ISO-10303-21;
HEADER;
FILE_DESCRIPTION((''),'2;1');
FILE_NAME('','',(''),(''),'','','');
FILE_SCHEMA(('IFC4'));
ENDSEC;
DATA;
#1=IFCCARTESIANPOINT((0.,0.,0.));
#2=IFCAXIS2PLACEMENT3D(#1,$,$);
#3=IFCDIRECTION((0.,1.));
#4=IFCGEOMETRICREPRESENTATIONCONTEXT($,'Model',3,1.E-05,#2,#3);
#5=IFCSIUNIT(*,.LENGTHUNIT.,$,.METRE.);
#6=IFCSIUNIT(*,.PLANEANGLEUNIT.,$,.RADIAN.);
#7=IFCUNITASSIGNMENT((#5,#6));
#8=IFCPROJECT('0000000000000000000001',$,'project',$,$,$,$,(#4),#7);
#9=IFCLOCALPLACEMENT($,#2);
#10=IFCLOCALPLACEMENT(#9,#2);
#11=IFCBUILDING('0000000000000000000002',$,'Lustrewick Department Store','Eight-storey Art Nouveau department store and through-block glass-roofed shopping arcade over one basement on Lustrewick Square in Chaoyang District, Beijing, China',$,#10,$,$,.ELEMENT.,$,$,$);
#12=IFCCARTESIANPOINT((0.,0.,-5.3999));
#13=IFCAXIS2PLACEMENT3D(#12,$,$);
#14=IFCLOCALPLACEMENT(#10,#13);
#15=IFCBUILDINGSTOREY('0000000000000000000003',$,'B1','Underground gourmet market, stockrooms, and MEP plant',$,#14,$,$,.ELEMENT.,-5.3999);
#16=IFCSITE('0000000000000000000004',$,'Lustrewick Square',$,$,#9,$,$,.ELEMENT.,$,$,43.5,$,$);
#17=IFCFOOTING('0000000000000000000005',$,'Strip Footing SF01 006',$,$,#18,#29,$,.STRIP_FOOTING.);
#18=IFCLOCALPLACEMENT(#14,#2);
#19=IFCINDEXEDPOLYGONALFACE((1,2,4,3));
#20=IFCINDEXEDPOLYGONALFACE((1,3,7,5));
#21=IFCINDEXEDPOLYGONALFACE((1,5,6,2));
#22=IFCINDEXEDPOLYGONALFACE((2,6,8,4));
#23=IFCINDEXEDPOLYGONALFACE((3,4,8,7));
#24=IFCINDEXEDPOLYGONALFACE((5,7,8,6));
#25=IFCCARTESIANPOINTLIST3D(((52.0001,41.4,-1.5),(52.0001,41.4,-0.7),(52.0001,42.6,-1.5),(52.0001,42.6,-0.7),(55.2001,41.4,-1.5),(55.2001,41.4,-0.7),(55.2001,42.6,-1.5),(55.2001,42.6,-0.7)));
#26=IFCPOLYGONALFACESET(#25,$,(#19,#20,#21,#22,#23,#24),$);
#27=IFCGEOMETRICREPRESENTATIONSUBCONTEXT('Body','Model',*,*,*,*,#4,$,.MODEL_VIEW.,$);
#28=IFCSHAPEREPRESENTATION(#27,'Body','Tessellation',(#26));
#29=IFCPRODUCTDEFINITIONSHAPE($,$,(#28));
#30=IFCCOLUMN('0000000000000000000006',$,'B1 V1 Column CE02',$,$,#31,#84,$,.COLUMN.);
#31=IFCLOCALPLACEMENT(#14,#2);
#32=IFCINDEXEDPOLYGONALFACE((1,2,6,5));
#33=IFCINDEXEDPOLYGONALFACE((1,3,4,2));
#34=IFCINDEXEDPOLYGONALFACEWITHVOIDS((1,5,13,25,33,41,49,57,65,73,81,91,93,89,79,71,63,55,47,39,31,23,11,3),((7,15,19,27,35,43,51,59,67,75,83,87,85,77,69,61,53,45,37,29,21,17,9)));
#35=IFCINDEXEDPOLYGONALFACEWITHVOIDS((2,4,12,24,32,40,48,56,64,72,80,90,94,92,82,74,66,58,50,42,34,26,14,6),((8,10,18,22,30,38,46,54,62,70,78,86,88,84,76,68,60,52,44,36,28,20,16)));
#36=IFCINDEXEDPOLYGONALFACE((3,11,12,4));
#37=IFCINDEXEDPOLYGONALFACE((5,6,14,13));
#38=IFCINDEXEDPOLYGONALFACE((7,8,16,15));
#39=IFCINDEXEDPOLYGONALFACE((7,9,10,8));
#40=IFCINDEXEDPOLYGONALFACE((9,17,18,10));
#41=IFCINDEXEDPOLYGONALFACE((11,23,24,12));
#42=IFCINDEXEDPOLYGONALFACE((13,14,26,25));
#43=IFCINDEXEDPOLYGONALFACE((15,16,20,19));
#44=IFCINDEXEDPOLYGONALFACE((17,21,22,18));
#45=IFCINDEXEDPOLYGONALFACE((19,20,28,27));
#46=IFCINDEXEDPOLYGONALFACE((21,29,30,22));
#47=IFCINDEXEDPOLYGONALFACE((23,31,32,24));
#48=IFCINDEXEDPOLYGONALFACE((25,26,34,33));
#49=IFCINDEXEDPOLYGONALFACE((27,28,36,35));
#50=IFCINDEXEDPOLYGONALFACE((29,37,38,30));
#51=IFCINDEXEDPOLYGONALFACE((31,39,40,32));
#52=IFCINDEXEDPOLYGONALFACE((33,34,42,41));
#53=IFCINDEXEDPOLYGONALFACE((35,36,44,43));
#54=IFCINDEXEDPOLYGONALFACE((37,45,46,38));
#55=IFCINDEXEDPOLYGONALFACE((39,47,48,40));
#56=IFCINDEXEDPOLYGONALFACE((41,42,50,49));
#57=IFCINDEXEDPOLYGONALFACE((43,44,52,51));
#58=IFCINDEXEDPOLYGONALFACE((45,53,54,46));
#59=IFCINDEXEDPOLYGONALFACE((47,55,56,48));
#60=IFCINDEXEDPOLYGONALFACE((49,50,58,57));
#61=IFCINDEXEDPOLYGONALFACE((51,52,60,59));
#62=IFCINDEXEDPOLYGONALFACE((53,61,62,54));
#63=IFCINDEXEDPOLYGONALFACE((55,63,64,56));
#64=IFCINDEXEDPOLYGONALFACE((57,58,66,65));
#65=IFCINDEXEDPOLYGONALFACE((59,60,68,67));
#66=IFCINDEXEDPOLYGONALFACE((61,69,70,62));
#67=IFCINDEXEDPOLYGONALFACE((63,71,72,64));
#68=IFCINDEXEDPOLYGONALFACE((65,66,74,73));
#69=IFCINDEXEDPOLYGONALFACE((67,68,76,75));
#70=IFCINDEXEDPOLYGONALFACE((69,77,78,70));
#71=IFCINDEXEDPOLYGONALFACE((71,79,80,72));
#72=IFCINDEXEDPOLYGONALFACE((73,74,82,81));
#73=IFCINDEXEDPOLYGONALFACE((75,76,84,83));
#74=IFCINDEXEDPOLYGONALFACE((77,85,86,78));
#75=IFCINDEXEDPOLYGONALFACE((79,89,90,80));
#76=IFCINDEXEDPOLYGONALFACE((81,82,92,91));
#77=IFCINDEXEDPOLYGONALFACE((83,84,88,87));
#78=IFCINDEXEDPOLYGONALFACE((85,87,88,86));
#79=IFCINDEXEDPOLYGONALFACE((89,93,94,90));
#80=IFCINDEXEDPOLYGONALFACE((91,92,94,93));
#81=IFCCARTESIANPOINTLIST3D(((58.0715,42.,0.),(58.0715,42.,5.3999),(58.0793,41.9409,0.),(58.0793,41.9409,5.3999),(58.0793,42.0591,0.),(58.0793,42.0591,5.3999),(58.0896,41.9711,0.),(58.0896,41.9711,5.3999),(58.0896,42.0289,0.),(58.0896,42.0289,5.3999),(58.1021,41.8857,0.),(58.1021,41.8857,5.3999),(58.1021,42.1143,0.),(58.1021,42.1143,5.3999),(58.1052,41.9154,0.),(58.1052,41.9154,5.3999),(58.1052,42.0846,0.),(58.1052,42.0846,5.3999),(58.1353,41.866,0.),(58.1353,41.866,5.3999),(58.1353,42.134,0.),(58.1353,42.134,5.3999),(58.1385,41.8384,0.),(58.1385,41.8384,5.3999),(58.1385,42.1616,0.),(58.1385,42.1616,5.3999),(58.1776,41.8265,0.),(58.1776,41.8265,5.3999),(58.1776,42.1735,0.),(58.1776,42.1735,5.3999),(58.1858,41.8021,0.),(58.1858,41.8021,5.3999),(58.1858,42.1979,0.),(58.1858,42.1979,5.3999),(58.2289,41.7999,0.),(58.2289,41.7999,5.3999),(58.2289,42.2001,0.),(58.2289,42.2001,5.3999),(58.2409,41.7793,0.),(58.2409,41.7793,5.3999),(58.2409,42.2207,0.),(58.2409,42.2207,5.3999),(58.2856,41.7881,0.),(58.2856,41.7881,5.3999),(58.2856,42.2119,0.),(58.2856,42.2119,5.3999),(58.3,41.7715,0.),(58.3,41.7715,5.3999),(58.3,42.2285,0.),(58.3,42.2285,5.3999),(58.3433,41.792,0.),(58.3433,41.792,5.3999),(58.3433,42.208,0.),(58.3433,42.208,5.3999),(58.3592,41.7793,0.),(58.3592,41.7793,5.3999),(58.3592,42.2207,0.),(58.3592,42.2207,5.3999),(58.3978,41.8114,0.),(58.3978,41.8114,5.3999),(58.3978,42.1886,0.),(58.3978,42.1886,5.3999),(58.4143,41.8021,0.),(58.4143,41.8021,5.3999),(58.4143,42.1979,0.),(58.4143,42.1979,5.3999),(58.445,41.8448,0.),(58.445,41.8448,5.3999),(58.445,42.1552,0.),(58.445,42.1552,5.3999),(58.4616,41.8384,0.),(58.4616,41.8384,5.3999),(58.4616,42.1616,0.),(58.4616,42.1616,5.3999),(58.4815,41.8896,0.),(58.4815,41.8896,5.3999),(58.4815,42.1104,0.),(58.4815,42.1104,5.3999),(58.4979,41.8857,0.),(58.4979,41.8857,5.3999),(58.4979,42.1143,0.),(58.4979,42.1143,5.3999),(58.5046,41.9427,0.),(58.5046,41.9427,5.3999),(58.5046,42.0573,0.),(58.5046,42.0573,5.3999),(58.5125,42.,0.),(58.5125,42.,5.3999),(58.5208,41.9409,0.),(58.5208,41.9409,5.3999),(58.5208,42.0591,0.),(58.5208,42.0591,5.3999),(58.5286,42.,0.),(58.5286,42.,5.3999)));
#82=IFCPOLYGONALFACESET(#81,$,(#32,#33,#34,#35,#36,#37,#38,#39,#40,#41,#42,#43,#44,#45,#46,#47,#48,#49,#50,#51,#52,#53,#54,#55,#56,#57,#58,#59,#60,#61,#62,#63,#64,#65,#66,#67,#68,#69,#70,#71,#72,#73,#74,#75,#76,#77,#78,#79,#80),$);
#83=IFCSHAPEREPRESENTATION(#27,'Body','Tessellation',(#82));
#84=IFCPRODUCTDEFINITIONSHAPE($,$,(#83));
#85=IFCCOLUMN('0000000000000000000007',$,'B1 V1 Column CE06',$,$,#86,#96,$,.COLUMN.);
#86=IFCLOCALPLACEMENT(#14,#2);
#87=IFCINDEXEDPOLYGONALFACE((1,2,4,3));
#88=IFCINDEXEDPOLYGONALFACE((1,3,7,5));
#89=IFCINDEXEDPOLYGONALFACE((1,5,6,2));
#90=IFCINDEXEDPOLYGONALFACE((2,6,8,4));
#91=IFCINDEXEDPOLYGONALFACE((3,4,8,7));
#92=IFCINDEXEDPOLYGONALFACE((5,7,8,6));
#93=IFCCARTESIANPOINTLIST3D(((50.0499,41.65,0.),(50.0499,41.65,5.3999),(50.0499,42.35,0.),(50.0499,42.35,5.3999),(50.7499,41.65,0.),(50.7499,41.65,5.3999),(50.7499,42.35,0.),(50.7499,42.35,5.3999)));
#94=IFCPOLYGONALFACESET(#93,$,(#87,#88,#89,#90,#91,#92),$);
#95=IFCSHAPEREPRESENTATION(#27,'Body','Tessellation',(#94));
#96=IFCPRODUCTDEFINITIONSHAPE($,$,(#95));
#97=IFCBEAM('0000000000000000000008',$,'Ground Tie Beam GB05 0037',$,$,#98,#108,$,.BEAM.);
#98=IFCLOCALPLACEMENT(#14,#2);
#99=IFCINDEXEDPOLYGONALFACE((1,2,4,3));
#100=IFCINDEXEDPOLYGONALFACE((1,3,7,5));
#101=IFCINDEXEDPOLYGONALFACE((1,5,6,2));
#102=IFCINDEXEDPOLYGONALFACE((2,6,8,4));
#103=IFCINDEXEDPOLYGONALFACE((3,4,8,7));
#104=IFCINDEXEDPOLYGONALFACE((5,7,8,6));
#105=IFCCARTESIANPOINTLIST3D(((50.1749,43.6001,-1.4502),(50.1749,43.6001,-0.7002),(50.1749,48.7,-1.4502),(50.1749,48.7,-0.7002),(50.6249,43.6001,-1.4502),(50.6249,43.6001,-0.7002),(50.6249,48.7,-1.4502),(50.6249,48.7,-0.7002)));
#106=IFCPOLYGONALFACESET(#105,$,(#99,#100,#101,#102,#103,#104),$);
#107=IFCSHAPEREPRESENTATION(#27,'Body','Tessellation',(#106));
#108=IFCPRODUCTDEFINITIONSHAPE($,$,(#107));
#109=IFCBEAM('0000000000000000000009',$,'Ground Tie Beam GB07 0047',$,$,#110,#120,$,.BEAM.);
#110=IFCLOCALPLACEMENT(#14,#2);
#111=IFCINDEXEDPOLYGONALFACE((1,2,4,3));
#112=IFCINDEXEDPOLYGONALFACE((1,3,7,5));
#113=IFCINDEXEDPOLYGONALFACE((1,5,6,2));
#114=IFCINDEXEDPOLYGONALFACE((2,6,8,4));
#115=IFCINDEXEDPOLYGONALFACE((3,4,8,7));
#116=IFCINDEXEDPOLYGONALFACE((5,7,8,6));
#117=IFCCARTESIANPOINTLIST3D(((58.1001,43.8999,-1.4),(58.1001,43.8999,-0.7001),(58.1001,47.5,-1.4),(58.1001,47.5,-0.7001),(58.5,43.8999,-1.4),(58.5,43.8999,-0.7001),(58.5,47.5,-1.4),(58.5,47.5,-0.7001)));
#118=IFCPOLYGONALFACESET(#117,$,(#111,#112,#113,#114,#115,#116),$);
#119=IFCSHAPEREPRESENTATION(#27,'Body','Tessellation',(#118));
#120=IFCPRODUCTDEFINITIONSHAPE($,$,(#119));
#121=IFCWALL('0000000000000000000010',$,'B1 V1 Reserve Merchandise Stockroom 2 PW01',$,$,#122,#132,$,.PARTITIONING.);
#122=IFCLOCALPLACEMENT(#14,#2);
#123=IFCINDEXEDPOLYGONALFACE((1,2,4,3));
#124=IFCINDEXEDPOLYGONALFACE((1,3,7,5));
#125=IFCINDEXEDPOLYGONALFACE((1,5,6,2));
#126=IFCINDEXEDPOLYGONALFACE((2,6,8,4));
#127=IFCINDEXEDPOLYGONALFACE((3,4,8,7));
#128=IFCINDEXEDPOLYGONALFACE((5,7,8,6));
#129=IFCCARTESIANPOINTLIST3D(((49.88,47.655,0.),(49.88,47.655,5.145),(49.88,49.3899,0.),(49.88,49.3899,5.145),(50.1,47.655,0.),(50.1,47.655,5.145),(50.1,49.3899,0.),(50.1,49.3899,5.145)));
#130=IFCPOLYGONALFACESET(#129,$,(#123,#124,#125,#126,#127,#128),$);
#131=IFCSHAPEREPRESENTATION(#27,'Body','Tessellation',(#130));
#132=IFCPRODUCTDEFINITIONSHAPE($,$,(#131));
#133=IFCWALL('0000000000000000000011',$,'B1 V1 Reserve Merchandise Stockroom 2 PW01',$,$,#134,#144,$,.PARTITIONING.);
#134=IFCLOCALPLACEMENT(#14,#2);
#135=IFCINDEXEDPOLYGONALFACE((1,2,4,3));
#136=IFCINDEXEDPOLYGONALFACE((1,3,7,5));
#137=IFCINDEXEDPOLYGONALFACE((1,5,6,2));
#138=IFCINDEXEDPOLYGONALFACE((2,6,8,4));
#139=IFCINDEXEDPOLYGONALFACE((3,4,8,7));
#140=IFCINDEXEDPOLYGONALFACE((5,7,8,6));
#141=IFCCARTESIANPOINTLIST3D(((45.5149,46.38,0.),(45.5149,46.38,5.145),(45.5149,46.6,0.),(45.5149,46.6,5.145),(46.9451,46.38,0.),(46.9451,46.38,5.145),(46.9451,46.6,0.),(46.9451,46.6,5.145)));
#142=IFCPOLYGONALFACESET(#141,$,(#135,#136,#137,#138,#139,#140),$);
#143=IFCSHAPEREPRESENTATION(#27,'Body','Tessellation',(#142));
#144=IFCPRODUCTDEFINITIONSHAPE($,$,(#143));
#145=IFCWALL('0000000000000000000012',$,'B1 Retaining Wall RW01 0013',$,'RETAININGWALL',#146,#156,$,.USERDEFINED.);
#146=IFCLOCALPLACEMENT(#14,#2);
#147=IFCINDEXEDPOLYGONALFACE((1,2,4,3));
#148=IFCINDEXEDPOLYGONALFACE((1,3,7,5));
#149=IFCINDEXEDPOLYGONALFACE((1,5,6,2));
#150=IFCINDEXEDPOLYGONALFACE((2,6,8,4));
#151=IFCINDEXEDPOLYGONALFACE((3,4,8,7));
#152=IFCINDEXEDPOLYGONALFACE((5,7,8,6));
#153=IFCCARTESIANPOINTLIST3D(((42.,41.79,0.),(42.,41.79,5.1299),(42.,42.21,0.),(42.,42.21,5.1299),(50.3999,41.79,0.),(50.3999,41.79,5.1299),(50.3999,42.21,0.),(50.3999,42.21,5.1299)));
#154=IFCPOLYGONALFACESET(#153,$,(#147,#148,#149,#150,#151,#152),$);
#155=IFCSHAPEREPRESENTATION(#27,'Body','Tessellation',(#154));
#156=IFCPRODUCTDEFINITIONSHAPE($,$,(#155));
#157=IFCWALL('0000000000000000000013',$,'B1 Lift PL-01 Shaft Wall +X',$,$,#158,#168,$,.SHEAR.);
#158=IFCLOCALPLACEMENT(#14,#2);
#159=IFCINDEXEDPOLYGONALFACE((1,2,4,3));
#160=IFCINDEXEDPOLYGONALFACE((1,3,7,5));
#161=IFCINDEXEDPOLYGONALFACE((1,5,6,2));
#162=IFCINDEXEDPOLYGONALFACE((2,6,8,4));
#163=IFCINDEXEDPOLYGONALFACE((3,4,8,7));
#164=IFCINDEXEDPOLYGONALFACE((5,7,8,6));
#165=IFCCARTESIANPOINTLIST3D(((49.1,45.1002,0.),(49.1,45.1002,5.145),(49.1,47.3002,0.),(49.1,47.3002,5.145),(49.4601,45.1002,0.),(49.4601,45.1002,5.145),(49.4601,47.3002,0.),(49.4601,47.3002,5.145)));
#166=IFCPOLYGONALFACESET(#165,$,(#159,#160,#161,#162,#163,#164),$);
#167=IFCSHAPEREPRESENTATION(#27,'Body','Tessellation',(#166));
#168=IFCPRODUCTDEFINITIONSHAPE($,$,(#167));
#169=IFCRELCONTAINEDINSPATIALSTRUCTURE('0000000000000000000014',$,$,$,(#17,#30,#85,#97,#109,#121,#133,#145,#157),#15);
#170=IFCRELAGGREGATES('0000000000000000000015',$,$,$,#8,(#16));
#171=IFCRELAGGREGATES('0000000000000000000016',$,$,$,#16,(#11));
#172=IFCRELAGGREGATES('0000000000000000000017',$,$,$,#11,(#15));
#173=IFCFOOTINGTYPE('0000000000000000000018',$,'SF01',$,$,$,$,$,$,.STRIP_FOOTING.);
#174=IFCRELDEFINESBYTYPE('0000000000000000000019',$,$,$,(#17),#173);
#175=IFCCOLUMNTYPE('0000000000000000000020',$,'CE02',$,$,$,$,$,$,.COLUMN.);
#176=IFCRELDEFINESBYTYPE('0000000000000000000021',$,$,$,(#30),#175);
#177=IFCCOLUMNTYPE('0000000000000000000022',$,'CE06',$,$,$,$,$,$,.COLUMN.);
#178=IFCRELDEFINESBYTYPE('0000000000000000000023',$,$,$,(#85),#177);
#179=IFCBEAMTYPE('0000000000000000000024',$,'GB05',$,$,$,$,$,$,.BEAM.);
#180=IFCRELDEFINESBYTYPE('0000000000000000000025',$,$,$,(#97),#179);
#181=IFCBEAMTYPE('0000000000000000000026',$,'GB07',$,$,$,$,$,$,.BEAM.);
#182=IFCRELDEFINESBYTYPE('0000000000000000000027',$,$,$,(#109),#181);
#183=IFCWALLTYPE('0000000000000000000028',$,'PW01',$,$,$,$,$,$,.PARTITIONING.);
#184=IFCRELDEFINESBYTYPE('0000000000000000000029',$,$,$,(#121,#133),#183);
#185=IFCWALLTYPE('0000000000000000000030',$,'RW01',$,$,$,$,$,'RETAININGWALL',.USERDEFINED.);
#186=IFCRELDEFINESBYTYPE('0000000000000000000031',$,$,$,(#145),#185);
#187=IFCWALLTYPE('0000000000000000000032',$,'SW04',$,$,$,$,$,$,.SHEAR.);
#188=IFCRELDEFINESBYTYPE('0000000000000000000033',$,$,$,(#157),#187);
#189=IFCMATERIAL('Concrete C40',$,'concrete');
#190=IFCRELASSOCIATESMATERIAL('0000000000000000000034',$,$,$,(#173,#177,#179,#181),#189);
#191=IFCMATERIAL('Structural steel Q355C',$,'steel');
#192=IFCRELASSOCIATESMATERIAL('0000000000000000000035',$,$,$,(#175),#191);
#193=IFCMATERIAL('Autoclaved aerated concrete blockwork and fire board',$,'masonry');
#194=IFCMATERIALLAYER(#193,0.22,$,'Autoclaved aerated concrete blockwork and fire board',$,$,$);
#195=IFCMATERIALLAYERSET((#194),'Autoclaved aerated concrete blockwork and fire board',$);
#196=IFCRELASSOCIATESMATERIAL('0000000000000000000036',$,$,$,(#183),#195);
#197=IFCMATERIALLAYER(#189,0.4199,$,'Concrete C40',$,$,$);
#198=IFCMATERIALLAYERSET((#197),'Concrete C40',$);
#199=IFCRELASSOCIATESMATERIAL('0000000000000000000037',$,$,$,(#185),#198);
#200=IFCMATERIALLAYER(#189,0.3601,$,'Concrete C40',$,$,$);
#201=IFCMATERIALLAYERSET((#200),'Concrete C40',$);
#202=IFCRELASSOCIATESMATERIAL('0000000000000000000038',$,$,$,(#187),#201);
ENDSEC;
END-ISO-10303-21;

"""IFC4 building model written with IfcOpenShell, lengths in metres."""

from ifc_helpers import new_model, si_unit, direction, frame, frame_2d, origin, origin_2d, place, context, subcontext, project, spatial, rectangle, hollow_circle, extrude, material, layer, layer_set, material_profile, profile_set, type_object, element, save


model = new_model("IFC4")

# Units and contexts
model_context = context("Model", 3, precision=1e-05, world=origin(), true_north=direction((0.0, 1.0)))
body_context = subcontext(model_context, "Body", "Model", "MODEL_VIEW")
ifc_project = project(units=[si_unit("LENGTHUNIT", "METRE"), si_unit("PLANEANGLEUNIT", "RADIAN")], contexts=[model_context])

# Site, building, storey
site_placement = place(None, origin())
site = spatial("IfcSite", under=ifc_project, at=site_placement, Name="Lustrewick Square", CompositionType="ELEMENT", RefElevation=43.5)
building_placement = place(site_placement, origin())
building = spatial("IfcBuilding", under=site, at=building_placement, Name="Lustrewick Department Store", Description="Eight-storey Art Nouveau department store and through-block glass-roofed shopping arcade over one basement on Lustrewick Square in Chaoyang District, Beijing, China", CompositionType="ELEMENT")
storey_placement = place(building_placement, frame((0.0, 0.0, -5.3999)))
storey = spatial("IfcBuildingStorey", under=building, at=storey_placement, Name="B1", Description="Underground gourmet market, stockrooms, and MEP plant", CompositionType="ELEMENT", Elevation=-5.3999)

# Shared definitions
ifc_material_1 = material(Name="Concrete C40", Category="concrete")

# Footing
footing_type_1 = type_object("IfcFootingType", Name="SF01", PredefinedType="STRIP_FOOTING", material=ifc_material_1)
footing_1_placement = place(storey_placement, frame((53.6001, 42.0, -1.5), z_axis=(0.0, 0.0, 1.0), x_axis=(1.0, 0.0, 0.0)))
element("IfcFooting", 1, at=footing_1_placement, inside=storey, type_object=footing_type_1, Name="Strip Footing SF01 006", PredefinedType="STRIP_FOOTING", context=body_context, shape_type="SweptSolid", body=[
    extrude(rectangle(XDim=3.2, YDim=1.2, at=origin_2d()), origin(), (0.0, 0.0, 1.0), 0.8),
])

# Columns
ifc_material_2 = material(Name="Structural steel Q355C", Category="steel")
ifc_material_profile_1 = material_profile(ifc_material_2, hollow_circle(Radius=0.2285, WallThickness=0.0161, at=origin_2d()), Name="CHS 457x16")
ifc_profile_set_1 = profile_set([ifc_material_profile_1], Name="Structural steel Q355C")
column_type_1 = type_object("IfcColumnType", Name="CE02", PredefinedType="COLUMN", material=ifc_profile_set_1)
column_1_placement = place(storey_placement, frame((58.3, 42.0, 0.0), z_axis=(0.0, 0.0, 1.0), x_axis=(1.0, 0.0, 0.0)))
element("IfcColumn", 2, at=column_1_placement, inside=storey, type_object=column_type_1, Name="B1 V1 Column CE02", PredefinedType="COLUMN", context=body_context, shape_type="SweptSolid", body=[
    extrude(hollow_circle(Radius=0.2285, WallThickness=0.0161, at=origin_2d()), origin(), (0.0, 0.0, 1.0), 5.3999),
])
ifc_material_profile_2 = material_profile(ifc_material_1, rectangle(XDim=0.7, YDim=0.7, at=origin_2d()), Name="RC 700x700")
ifc_profile_set_2 = profile_set([ifc_material_profile_2], Name="Concrete C40")
column_type_2 = type_object("IfcColumnType", Name="CE06", PredefinedType="COLUMN", material=ifc_profile_set_2)
column_2_placement = place(storey_placement, frame((50.3999, 42.0, 0.0), z_axis=(0.0, 0.0, 1.0), x_axis=(1.0, 0.0, 0.0)))
element("IfcColumn", 3, at=column_2_placement, inside=storey, type_object=column_type_2, Name="B1 V1 Column CE06", PredefinedType="COLUMN", context=body_context, shape_type="SweptSolid", body=[
    extrude(rectangle(XDim=0.7, YDim=0.7, at=origin_2d()), origin(), (0.0, 0.0, 1.0), 5.3999),
])

# Beams
ifc_material_profile_3 = material_profile(ifc_material_1, rectangle(XDim=0.45, YDim=0.75, at=origin_2d()), Name="RC 450x750")
ifc_profile_set_3 = profile_set([ifc_material_profile_3], Name="Concrete C40")
beam_type_1 = type_object("IfcBeamType", Name="GB05", PredefinedType="BEAM", material=ifc_profile_set_3)
beam_1_placement = place(storey_placement, frame((50.3999, 43.6001, -1.0752), z_axis=(0.0, 1.0, 0.0), x_axis=(-1.0, 0.0, 0.0)))
element("IfcBeam", 4, at=beam_1_placement, inside=storey, type_object=beam_type_1, Name="Ground Tie Beam GB05 0037", PredefinedType="BEAM", context=body_context, shape_type="SweptSolid", body=[
    extrude(rectangle(XDim=0.45, YDim=0.75, at=origin_2d()), origin(), (0.0, 0.0, 1.0), 5.0999),
])
ifc_material_profile_4 = material_profile(ifc_material_1, rectangle(XDim=0.3999, YDim=0.7, at=origin_2d()), Name="RC 400x700")
ifc_profile_set_4 = profile_set([ifc_material_profile_4], Name="Concrete C40")
beam_type_2 = type_object("IfcBeamType", Name="GB07", PredefinedType="BEAM", material=ifc_profile_set_4)
beam_2_placement = place(storey_placement, frame((58.3, 43.8999, -1.05), z_axis=(0.0, 1.0, 0.0), x_axis=(-1.0, 0.0, 0.0)))
element("IfcBeam", 5, at=beam_2_placement, inside=storey, type_object=beam_type_2, Name="Ground Tie Beam GB07 0047", PredefinedType="BEAM", context=body_context, shape_type="SweptSolid", body=[
    extrude(rectangle(XDim=0.3999, YDim=0.7, at=origin_2d()), origin(), (0.0, 0.0, 1.0), 3.6001),
])

# Walls
ifc_material_3 = material(Name="Autoclaved aerated concrete blockwork and fire board", Category="masonry")
ifc_layer_1 = layer(ifc_material_3, 0.22, Name="Autoclaved aerated concrete blockwork and fire board")
ifc_layer_set_1 = layer_set([ifc_layer_1], Name="Autoclaved aerated concrete blockwork and fire board")
wall_type_1 = type_object("IfcWallType", Name="PW01", PredefinedType="PARTITIONING", material=ifc_layer_set_1)
wall_1_placement = place(storey_placement, frame((49.99, 47.655, 0.0), z_axis=(0.0, 0.0, 1.0), x_axis=(0.0, 1.0, 0.0)))
element("IfcWall", 6, at=wall_1_placement, inside=storey, type_object=wall_type_1, Name="B1 V1 Reserve Merchandise Stockroom 2 PW01", PredefinedType="PARTITIONING", context=body_context, shape_type="SweptSolid", body=[
    extrude(rectangle(XDim=1.7349, YDim=0.22, at=frame_2d((0.8674, 0.0))), origin(), (0.0, 0.0, 1.0), 5.145),
])
wall_2_placement = place(storey_placement, frame((46.9451, 46.49, 0.0), z_axis=(0.0, 0.0, 1.0), x_axis=(-1.0, 0.0, 0.0)))
element("IfcWall", 7, at=wall_2_placement, inside=storey, type_object=wall_type_1, Name="B1 V1 Reserve Merchandise Stockroom 2 PW01", PredefinedType="PARTITIONING", context=body_context, shape_type="SweptSolid", body=[
    extrude(rectangle(XDim=1.4302, YDim=0.22, at=frame_2d((0.7151, 0.0))), origin(), (0.0, 0.0, 1.0), 5.145),
])
ifc_layer_2 = layer(ifc_material_1, 0.4199, Name="Concrete C40")
ifc_layer_set_2 = layer_set([ifc_layer_2], Name="Concrete C40")
wall_type_2 = type_object("IfcWallType", Name="RW01", ElementType="RETAININGWALL", PredefinedType="USERDEFINED", material=ifc_layer_set_2)
wall_3_placement = place(storey_placement, frame((50.3999, 42.0, 0.0), z_axis=(0.0, 0.0, 1.0), x_axis=(-1.0, 0.0, 0.0)))
element("IfcWall", 8, at=wall_3_placement, inside=storey, type_object=wall_type_2, Name="B1 Retaining Wall RW01 0013", ObjectType="RETAININGWALL", PredefinedType="USERDEFINED", context=body_context, shape_type="SweptSolid", body=[
    extrude(rectangle(XDim=8.3999, YDim=0.4199, at=frame_2d((4.2, 0.0))), origin(), (0.0, 0.0, 1.0), 5.1299),
])
ifc_layer_3 = layer(ifc_material_1, 0.3601, Name="Concrete C40")
ifc_layer_set_3 = layer_set([ifc_layer_3], Name="Concrete C40")
wall_type_3 = type_object("IfcWallType", Name="SW04", PredefinedType="SHEAR", material=ifc_layer_set_3)
wall_4_placement = place(storey_placement, frame((49.28, 45.1001, 0.0), z_axis=(0.0, 0.0, 1.0), x_axis=(0.0, 1.0, 0.0)))
element("IfcWall", 9, at=wall_4_placement, inside=storey, type_object=wall_type_3, Name="B1 Lift PL-01 Shaft Wall +X", PredefinedType="SHEAR", context=body_context, shape_type="SweptSolid", body=[
    extrude(rectangle(XDim=2.2, YDim=0.3601, at=frame_2d((1.1001, 0.0))), origin(), (0.0, 0.0, 1.0), 5.145),
])

save(model, "model.ifc")
